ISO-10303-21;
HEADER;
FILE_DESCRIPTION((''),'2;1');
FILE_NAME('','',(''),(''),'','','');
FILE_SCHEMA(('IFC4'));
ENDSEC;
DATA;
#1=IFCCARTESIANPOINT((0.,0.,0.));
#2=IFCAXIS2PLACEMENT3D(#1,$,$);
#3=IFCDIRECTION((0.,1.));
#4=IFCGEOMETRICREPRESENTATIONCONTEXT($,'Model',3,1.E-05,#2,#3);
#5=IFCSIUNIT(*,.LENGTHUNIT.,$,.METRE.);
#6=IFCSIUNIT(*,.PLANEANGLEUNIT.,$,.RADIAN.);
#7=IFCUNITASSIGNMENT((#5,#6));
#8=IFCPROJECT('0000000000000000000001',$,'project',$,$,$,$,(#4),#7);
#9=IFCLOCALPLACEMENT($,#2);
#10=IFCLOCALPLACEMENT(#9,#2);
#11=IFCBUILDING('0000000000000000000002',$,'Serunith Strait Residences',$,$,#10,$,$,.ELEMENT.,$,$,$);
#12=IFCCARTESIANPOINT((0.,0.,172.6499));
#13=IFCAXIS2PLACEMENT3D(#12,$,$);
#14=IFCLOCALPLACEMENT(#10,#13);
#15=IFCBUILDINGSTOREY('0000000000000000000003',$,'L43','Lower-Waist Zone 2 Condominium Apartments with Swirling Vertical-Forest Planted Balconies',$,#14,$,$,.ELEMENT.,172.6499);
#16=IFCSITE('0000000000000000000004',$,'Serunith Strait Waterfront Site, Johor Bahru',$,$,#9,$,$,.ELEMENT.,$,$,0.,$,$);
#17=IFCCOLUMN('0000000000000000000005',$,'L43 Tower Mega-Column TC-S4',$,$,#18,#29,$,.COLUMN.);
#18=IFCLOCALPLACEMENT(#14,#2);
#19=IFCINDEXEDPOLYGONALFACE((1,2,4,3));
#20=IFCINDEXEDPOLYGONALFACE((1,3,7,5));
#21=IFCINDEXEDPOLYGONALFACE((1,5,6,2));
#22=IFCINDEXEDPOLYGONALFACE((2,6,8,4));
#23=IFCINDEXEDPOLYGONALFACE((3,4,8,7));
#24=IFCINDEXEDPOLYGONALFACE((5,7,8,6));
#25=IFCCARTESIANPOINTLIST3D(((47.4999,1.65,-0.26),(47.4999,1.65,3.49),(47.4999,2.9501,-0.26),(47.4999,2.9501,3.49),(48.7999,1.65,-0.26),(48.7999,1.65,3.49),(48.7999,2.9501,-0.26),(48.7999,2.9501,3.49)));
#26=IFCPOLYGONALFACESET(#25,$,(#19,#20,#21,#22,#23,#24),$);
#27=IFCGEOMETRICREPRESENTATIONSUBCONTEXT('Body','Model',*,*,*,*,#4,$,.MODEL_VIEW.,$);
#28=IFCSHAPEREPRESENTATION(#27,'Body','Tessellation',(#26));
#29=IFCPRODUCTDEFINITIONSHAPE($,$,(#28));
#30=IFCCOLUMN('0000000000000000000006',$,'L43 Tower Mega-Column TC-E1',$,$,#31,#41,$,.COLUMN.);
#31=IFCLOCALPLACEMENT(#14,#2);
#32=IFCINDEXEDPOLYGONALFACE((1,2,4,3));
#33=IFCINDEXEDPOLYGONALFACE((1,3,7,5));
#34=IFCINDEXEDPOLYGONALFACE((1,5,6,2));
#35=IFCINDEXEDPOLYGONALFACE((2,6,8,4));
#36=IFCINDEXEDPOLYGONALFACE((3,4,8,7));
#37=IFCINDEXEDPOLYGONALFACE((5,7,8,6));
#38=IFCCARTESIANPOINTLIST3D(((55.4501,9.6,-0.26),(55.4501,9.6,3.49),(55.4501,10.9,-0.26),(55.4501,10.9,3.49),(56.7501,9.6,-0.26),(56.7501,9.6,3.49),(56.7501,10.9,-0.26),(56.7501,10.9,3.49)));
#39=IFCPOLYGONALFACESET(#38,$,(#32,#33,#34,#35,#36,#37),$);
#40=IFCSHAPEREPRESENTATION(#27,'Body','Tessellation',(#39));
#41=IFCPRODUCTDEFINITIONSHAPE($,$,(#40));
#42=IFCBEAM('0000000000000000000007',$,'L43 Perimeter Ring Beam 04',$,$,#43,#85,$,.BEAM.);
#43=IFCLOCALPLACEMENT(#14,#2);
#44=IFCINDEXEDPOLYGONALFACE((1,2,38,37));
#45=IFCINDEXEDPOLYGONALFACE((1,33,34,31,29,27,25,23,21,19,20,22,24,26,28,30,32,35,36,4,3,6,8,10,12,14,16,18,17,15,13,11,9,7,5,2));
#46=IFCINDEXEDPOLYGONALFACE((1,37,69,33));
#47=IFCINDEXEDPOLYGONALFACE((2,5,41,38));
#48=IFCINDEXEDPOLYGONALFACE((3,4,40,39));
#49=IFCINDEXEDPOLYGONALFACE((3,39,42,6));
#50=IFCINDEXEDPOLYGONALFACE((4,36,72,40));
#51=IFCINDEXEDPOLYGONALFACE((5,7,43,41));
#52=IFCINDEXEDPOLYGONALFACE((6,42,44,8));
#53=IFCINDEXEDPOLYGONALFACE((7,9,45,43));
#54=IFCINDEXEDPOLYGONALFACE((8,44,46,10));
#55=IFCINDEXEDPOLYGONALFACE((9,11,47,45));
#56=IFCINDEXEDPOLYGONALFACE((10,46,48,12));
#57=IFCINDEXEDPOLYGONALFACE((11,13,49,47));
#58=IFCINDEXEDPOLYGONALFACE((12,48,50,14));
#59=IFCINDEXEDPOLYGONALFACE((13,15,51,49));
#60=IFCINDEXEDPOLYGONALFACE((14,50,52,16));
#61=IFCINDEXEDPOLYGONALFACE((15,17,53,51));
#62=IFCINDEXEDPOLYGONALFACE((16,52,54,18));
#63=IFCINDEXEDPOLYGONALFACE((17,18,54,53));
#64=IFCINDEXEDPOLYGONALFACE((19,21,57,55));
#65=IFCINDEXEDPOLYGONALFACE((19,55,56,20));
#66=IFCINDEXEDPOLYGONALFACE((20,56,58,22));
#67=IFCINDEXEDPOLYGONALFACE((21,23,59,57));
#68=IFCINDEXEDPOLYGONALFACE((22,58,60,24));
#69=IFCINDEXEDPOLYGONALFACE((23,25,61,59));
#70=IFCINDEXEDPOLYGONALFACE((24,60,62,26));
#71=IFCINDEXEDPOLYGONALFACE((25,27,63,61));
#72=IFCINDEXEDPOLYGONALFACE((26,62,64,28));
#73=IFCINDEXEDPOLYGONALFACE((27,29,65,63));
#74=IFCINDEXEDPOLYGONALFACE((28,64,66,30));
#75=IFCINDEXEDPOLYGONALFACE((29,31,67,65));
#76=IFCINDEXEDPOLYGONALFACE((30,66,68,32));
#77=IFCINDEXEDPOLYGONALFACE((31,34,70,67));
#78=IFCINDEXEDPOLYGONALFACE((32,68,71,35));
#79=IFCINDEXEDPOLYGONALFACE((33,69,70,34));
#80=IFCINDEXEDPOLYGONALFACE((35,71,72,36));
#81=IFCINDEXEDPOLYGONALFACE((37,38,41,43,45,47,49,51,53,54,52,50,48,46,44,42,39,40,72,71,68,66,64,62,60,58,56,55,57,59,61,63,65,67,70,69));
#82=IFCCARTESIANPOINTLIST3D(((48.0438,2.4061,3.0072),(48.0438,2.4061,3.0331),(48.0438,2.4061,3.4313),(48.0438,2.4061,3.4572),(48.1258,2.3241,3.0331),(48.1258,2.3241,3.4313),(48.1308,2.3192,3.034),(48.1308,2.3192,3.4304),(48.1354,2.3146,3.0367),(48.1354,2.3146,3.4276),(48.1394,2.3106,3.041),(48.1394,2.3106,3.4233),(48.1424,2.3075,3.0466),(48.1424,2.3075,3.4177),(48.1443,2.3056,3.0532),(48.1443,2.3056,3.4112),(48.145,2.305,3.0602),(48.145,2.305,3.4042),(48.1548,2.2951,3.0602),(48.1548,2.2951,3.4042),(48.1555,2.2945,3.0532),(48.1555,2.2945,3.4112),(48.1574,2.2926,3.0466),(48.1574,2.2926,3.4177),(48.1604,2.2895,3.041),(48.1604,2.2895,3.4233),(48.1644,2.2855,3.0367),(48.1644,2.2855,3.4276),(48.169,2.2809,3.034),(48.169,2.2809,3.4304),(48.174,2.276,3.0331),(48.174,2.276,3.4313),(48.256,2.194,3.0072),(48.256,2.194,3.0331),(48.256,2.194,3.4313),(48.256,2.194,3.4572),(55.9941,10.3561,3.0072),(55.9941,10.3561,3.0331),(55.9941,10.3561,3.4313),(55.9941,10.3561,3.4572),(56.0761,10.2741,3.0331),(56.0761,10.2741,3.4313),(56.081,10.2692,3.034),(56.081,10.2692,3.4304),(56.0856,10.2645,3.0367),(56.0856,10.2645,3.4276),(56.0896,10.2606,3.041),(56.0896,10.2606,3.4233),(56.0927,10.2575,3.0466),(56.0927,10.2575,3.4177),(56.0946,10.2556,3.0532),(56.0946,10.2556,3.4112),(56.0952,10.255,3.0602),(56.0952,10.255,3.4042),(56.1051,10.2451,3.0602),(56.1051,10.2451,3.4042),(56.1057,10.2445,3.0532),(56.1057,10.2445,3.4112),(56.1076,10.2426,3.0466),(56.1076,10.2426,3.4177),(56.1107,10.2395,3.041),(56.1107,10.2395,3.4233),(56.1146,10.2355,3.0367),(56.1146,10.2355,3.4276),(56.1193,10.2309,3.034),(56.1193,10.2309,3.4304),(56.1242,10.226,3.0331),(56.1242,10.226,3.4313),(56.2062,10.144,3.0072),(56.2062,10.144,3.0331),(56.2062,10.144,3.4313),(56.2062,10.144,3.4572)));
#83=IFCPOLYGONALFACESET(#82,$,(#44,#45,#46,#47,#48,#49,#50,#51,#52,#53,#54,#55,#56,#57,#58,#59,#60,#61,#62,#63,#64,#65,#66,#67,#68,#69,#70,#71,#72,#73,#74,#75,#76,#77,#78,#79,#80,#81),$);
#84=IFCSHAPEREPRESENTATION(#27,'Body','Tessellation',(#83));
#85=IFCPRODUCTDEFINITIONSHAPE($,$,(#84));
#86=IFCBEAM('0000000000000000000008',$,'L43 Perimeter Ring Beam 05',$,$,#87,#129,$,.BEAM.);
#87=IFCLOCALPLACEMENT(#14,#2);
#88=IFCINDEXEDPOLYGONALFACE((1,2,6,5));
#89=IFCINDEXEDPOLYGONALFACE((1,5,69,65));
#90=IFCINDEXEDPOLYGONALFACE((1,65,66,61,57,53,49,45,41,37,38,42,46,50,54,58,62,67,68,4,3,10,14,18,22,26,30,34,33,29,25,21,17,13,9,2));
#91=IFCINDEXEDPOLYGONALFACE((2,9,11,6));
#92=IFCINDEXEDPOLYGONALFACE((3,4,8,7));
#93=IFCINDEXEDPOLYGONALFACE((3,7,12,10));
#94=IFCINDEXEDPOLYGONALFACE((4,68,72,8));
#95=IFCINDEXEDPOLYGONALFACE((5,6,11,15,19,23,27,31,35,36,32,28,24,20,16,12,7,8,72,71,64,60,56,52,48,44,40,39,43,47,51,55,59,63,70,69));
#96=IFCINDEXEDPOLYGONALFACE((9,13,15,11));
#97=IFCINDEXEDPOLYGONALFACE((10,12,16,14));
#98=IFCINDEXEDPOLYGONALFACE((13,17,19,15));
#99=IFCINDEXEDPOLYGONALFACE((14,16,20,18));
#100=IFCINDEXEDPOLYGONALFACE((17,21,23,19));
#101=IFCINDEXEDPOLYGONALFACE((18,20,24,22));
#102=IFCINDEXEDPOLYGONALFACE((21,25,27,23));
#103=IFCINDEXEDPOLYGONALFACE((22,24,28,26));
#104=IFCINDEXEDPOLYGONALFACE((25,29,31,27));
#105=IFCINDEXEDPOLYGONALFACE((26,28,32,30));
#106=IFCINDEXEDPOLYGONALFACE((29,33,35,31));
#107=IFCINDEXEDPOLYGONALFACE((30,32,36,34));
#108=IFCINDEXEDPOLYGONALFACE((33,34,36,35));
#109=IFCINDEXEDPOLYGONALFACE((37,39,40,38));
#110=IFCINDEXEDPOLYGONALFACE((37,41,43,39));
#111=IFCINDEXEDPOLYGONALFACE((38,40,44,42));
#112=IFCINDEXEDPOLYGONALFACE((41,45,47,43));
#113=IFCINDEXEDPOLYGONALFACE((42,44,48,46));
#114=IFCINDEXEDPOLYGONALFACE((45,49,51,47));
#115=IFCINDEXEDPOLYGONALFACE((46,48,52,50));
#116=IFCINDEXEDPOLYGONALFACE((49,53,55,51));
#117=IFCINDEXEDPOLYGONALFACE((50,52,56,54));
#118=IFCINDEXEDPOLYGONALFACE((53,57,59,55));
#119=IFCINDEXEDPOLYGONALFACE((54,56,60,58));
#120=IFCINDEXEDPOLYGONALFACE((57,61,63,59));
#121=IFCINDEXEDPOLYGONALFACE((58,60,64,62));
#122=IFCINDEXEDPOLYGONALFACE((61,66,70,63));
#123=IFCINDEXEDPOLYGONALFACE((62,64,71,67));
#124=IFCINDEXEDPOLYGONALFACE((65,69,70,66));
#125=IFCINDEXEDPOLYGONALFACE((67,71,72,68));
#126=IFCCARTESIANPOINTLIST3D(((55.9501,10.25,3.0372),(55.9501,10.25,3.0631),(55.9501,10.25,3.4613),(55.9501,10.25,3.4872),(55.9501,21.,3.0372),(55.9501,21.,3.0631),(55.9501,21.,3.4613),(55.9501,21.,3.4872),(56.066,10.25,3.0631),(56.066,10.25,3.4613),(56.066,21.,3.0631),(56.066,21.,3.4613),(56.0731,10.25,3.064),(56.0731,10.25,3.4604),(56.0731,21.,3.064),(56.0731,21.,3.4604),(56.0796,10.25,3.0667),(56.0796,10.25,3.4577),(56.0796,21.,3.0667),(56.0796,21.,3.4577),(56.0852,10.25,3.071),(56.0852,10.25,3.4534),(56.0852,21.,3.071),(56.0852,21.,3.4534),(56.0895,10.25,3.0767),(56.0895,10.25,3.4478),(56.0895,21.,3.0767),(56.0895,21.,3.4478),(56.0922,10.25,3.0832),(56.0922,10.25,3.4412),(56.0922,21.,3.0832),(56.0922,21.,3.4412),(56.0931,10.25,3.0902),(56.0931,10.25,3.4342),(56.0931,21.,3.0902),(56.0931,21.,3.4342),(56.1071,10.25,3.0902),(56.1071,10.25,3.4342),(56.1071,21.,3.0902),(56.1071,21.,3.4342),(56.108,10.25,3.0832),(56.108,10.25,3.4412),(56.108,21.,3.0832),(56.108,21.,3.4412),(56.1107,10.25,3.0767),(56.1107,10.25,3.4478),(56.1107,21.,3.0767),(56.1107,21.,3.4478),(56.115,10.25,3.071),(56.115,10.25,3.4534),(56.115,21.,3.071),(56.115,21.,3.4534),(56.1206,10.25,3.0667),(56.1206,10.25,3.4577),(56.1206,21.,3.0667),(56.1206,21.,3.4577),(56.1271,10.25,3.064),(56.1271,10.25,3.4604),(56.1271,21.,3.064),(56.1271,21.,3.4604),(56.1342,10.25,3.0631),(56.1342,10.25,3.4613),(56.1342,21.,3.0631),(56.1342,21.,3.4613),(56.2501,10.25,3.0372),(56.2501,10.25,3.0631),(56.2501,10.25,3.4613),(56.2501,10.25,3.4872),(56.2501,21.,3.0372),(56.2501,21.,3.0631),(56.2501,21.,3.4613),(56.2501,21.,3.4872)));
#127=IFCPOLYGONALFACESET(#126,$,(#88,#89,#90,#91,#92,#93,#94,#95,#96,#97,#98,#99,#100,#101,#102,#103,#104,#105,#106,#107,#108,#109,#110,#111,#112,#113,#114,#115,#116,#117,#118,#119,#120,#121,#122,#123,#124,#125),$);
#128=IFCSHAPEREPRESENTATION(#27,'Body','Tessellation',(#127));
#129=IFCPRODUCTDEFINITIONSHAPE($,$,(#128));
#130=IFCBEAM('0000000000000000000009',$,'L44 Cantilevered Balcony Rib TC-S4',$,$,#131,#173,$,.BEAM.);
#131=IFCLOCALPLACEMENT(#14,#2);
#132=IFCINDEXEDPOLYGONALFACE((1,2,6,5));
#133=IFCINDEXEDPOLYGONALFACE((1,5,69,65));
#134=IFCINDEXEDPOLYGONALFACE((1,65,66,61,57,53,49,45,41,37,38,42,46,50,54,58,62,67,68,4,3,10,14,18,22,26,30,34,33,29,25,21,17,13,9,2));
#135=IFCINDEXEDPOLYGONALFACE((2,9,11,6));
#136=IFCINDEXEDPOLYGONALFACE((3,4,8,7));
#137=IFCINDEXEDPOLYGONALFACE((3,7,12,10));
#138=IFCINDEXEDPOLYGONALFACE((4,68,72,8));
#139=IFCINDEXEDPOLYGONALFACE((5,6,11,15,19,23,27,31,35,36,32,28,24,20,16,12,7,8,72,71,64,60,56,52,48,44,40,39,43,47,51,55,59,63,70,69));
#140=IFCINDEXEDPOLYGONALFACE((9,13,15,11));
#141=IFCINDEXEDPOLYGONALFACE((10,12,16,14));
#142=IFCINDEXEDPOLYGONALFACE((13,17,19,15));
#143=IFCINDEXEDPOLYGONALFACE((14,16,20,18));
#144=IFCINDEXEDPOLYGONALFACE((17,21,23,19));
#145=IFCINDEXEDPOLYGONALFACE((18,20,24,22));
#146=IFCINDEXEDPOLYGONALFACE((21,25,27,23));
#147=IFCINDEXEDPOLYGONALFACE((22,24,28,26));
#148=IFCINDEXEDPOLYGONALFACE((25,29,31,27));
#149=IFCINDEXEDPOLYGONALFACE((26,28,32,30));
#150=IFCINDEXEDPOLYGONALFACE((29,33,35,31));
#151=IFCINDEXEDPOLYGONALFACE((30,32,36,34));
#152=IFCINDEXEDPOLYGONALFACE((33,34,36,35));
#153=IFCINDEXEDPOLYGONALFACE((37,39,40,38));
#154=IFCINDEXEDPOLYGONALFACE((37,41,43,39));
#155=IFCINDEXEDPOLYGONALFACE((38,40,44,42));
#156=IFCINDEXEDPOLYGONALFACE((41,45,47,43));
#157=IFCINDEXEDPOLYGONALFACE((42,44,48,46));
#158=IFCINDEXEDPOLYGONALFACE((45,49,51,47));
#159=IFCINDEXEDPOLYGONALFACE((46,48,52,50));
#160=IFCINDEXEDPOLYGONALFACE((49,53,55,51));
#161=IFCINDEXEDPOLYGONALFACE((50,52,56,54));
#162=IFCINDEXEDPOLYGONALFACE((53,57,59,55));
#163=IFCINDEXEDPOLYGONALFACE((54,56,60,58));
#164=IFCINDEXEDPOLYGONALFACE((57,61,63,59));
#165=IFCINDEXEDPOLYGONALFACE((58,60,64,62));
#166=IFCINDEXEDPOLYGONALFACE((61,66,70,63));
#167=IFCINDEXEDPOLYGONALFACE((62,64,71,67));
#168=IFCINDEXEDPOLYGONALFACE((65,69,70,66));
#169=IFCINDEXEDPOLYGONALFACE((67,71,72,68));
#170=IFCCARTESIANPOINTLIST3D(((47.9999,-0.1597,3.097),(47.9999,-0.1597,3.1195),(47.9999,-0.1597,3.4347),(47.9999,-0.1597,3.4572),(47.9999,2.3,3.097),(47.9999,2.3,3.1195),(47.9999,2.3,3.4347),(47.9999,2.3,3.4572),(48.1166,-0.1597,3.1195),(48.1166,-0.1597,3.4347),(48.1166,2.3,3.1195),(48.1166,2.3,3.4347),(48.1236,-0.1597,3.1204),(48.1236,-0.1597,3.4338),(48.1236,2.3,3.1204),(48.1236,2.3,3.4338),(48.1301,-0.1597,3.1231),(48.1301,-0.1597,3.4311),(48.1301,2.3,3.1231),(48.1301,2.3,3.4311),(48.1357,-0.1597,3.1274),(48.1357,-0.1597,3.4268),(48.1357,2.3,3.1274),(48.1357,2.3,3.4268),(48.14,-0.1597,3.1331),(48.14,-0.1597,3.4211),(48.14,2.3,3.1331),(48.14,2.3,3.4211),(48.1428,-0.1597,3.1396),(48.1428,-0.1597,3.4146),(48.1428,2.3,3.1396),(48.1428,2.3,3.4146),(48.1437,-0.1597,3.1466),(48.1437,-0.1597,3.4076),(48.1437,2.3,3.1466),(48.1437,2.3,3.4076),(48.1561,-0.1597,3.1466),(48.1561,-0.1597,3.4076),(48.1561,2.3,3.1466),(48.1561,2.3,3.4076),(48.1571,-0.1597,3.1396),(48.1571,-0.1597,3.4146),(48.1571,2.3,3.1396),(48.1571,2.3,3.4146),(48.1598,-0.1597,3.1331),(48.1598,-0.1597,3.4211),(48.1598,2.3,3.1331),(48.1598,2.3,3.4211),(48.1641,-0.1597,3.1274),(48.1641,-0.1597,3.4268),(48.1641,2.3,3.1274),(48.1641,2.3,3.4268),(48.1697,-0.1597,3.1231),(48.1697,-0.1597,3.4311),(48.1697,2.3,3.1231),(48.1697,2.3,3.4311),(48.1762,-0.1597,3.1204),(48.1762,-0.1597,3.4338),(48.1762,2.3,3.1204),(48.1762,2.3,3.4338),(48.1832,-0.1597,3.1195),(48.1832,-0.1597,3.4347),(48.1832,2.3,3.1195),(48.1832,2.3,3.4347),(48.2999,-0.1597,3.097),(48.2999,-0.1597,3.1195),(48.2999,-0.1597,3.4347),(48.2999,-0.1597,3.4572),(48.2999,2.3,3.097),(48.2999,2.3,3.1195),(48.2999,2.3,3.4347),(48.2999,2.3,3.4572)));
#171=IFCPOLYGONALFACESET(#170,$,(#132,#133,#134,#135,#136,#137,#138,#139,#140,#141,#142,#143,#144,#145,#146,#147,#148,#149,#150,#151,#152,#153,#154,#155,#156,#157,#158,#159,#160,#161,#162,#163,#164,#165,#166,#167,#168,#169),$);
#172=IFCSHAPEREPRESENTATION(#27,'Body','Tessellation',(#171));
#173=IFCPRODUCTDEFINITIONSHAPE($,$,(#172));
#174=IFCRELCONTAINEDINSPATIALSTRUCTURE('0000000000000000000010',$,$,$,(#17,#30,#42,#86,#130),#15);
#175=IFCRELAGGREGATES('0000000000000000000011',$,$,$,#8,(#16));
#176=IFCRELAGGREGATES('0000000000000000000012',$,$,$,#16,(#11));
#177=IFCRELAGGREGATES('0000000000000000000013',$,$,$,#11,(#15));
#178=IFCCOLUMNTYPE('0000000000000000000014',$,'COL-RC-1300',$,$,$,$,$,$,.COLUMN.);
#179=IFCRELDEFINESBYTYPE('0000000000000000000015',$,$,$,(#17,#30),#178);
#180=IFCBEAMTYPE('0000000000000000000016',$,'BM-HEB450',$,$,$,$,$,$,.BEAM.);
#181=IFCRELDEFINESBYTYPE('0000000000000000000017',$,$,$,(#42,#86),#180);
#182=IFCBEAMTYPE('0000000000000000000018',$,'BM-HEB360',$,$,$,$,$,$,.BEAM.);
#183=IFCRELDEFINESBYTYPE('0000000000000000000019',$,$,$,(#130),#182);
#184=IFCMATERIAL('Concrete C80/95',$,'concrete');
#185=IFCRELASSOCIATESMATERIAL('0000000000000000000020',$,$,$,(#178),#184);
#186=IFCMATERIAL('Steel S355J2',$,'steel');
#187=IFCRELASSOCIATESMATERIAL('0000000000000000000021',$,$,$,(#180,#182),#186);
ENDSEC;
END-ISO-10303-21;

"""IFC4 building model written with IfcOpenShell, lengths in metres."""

from ifc_helpers import new_model, si_unit, direction, frame, origin, origin_2d, place, context, subcontext, project, spatial, rectangle, i_section, extrude, source, transform, mapped, material, material_profile, profile_set, type_object, element, save


model = new_model("IFC4")

# Units and contexts
model_context = context("Model", 3, precision=1e-05, world=origin(), true_north=direction((0.0, 1.0)))
body_context = subcontext(model_context, "Body", "Model", "MODEL_VIEW")
ifc_project = project(units=[si_unit("LENGTHUNIT", "METRE"), si_unit("PLANEANGLEUNIT", "RADIAN")], contexts=[model_context])

# Site, building, storey
site_placement = place(None, origin())
site = spatial("IfcSite", under=ifc_project, at=site_placement, Name="Serunith Strait Waterfront Site, Johor Bahru", CompositionType="ELEMENT", RefElevation=0.0)
building_placement = place(site_placement, origin())
building = spatial("IfcBuilding", under=site, at=building_placement, Name="Serunith Strait Residences", CompositionType="ELEMENT")
storey_placement = place(building_placement, frame((0.0, 0.0, 172.6499)))
storey = spatial("IfcBuildingStorey", under=building, at=storey_placement, Name="L43", Description="Lower-Waist Zone 2 Condominium Apartments with Swirling Vertical-Forest Planted Balconies", CompositionType="ELEMENT", Elevation=172.6499)

# Columns
ifc_material_1 = material(Name="Concrete C80/95", Category="concrete")
ifc_material_profile_1 = material_profile(ifc_material_1, rectangle(XDim=1.3, YDim=1.3, at=origin_2d()), Name="RC 1300x1300")
ifc_profile_set_1 = profile_set([ifc_material_profile_1], Name="Concrete C80/95")
column_type = type_object("IfcColumnType", Name="COL-RC-1300", PredefinedType="COLUMN", material=ifc_profile_set_1)
shared_shape_1 = source(origin(), body_context, "Body", "SweptSolid", [
    extrude(rectangle(XDim=1.3, YDim=1.3, at=origin_2d()), origin(), (0.0, 0.0, 1.0), 3.75),
])
for number, where, z_axis, x_axis, name in (
    (1, (48.1499, 2.3, -0.26), (0.0, 0.0, 1.0), (1.0, 0.0, 0.0), "L43 Tower Mega-Column TC-S4"),
    (2, (56.1001, 10.25, -0.26), (0.0, 0.0, 1.0), (1.0, 0.0, 0.0), "L43 Tower Mega-Column TC-E1"),
):
    element("IfcColumn", number, at=place(storey_placement, frame(where, z_axis=z_axis, x_axis=x_axis)), inside=storey, type_object=column_type, Name=name, PredefinedType="COLUMN", context=body_context, shape_type="MappedRepresentation", body=[
        mapped(shared_shape_1, transform((0.0, 0.0, 0.0), scale=1.0)),
    ])

# Beams
ifc_material_2 = material(Name="Steel S355J2", Category="steel")
ifc_material_profile_2 = material_profile(ifc_material_2, i_section(OverallWidth=0.3, OverallDepth=0.45, WebThickness=0.0139, FlangeThickness=0.0259, FilletRadius=0.0271, at=origin_2d()), Name="HEB 450")
ifc_profile_set_2 = profile_set([ifc_material_profile_2], Name="Steel S355J2")
beam_type_1 = type_object("IfcBeamType", Name="BM-HEB450", PredefinedType="BEAM", material=ifc_profile_set_2)
shared_shape_2 = source(origin(), body_context, "Body", "SweptSolid", [
    extrude(i_section(OverallWidth=0.3, OverallDepth=0.45, WebThickness=0.0139, FlangeThickness=0.0259, FilletRadius=0.0271, at=origin_2d()), origin(), (0.0, 0.0, 1.0), 11.2432),
])
beam_1_placement = place(storey_placement, frame((48.1499, 2.3, 3.2322), z_axis=(0.707118, 0.707096, 0.0), x_axis=(-0.707096, 0.707118, 0.0)))
element("IfcBeam", 3, at=beam_1_placement, inside=storey, type_object=beam_type_1, Name="L43 Perimeter Ring Beam 04", PredefinedType="BEAM", context=body_context, shape_type="MappedRepresentation", body=[
    mapped(shared_shape_2, transform((0.0, 0.0, 0.0), scale=1.0)),
])
shared_shape_3 = source(origin(), body_context, "Body", "SweptSolid", [
    extrude(i_section(OverallWidth=0.3, OverallDepth=0.45, WebThickness=0.0139, FlangeThickness=0.0259, FilletRadius=0.0271, at=origin_2d()), origin(), (0.0, 0.0, 1.0), 10.75),
])
beam_2_placement = place(storey_placement, frame((56.1001, 10.25, 3.2622), z_axis=(0.0, 1.0, 0.0), x_axis=(-1.0, 0.0, 0.0)))
element("IfcBeam", 4, at=beam_2_placement, inside=storey, type_object=beam_type_1, Name="L43 Perimeter Ring Beam 05", PredefinedType="BEAM", context=body_context, shape_type="MappedRepresentation", body=[
    mapped(shared_shape_3, transform((0.0, 0.0, 0.0), scale=1.0)),
])
ifc_material_profile_3 = material_profile(ifc_material_2, i_section(OverallWidth=0.3, OverallDepth=0.3601, WebThickness=0.0125, FlangeThickness=0.0225, FilletRadius=0.0271, at=origin_2d()), Name="HEB 360")
ifc_profile_set_3 = profile_set([ifc_material_profile_3], Name="Steel S355J2")
beam_type_2 = type_object("IfcBeamType", Name="BM-HEB360", PredefinedType="BEAM", material=ifc_profile_set_3)
shared_shape_4 = source(origin(), body_context, "Body", "SweptSolid", [
    extrude(i_section(OverallWidth=0.3, OverallDepth=0.3601, WebThickness=0.0125, FlangeThickness=0.0225, FilletRadius=0.0271, at=origin_2d()), origin(), (0.0, 0.0, 1.0), 2.4597),
])
beam_3_placement = place(storey_placement, frame((48.1499, 2.3, 3.2771), z_axis=(0.0, -1.0, 0.0), x_axis=(1.0, 0.0, 0.0)))
element("IfcBeam", 5, at=beam_3_placement, inside=storey, type_object=beam_type_2, Name="L44 Cantilevered Balcony Rib TC-S4", PredefinedType="BEAM", context=body_context, shape_type="MappedRepresentation", body=[
    mapped(shared_shape_4, transform((0.0, 0.0, 0.0), scale=1.0)),
])

save(model, "model.ifc")
